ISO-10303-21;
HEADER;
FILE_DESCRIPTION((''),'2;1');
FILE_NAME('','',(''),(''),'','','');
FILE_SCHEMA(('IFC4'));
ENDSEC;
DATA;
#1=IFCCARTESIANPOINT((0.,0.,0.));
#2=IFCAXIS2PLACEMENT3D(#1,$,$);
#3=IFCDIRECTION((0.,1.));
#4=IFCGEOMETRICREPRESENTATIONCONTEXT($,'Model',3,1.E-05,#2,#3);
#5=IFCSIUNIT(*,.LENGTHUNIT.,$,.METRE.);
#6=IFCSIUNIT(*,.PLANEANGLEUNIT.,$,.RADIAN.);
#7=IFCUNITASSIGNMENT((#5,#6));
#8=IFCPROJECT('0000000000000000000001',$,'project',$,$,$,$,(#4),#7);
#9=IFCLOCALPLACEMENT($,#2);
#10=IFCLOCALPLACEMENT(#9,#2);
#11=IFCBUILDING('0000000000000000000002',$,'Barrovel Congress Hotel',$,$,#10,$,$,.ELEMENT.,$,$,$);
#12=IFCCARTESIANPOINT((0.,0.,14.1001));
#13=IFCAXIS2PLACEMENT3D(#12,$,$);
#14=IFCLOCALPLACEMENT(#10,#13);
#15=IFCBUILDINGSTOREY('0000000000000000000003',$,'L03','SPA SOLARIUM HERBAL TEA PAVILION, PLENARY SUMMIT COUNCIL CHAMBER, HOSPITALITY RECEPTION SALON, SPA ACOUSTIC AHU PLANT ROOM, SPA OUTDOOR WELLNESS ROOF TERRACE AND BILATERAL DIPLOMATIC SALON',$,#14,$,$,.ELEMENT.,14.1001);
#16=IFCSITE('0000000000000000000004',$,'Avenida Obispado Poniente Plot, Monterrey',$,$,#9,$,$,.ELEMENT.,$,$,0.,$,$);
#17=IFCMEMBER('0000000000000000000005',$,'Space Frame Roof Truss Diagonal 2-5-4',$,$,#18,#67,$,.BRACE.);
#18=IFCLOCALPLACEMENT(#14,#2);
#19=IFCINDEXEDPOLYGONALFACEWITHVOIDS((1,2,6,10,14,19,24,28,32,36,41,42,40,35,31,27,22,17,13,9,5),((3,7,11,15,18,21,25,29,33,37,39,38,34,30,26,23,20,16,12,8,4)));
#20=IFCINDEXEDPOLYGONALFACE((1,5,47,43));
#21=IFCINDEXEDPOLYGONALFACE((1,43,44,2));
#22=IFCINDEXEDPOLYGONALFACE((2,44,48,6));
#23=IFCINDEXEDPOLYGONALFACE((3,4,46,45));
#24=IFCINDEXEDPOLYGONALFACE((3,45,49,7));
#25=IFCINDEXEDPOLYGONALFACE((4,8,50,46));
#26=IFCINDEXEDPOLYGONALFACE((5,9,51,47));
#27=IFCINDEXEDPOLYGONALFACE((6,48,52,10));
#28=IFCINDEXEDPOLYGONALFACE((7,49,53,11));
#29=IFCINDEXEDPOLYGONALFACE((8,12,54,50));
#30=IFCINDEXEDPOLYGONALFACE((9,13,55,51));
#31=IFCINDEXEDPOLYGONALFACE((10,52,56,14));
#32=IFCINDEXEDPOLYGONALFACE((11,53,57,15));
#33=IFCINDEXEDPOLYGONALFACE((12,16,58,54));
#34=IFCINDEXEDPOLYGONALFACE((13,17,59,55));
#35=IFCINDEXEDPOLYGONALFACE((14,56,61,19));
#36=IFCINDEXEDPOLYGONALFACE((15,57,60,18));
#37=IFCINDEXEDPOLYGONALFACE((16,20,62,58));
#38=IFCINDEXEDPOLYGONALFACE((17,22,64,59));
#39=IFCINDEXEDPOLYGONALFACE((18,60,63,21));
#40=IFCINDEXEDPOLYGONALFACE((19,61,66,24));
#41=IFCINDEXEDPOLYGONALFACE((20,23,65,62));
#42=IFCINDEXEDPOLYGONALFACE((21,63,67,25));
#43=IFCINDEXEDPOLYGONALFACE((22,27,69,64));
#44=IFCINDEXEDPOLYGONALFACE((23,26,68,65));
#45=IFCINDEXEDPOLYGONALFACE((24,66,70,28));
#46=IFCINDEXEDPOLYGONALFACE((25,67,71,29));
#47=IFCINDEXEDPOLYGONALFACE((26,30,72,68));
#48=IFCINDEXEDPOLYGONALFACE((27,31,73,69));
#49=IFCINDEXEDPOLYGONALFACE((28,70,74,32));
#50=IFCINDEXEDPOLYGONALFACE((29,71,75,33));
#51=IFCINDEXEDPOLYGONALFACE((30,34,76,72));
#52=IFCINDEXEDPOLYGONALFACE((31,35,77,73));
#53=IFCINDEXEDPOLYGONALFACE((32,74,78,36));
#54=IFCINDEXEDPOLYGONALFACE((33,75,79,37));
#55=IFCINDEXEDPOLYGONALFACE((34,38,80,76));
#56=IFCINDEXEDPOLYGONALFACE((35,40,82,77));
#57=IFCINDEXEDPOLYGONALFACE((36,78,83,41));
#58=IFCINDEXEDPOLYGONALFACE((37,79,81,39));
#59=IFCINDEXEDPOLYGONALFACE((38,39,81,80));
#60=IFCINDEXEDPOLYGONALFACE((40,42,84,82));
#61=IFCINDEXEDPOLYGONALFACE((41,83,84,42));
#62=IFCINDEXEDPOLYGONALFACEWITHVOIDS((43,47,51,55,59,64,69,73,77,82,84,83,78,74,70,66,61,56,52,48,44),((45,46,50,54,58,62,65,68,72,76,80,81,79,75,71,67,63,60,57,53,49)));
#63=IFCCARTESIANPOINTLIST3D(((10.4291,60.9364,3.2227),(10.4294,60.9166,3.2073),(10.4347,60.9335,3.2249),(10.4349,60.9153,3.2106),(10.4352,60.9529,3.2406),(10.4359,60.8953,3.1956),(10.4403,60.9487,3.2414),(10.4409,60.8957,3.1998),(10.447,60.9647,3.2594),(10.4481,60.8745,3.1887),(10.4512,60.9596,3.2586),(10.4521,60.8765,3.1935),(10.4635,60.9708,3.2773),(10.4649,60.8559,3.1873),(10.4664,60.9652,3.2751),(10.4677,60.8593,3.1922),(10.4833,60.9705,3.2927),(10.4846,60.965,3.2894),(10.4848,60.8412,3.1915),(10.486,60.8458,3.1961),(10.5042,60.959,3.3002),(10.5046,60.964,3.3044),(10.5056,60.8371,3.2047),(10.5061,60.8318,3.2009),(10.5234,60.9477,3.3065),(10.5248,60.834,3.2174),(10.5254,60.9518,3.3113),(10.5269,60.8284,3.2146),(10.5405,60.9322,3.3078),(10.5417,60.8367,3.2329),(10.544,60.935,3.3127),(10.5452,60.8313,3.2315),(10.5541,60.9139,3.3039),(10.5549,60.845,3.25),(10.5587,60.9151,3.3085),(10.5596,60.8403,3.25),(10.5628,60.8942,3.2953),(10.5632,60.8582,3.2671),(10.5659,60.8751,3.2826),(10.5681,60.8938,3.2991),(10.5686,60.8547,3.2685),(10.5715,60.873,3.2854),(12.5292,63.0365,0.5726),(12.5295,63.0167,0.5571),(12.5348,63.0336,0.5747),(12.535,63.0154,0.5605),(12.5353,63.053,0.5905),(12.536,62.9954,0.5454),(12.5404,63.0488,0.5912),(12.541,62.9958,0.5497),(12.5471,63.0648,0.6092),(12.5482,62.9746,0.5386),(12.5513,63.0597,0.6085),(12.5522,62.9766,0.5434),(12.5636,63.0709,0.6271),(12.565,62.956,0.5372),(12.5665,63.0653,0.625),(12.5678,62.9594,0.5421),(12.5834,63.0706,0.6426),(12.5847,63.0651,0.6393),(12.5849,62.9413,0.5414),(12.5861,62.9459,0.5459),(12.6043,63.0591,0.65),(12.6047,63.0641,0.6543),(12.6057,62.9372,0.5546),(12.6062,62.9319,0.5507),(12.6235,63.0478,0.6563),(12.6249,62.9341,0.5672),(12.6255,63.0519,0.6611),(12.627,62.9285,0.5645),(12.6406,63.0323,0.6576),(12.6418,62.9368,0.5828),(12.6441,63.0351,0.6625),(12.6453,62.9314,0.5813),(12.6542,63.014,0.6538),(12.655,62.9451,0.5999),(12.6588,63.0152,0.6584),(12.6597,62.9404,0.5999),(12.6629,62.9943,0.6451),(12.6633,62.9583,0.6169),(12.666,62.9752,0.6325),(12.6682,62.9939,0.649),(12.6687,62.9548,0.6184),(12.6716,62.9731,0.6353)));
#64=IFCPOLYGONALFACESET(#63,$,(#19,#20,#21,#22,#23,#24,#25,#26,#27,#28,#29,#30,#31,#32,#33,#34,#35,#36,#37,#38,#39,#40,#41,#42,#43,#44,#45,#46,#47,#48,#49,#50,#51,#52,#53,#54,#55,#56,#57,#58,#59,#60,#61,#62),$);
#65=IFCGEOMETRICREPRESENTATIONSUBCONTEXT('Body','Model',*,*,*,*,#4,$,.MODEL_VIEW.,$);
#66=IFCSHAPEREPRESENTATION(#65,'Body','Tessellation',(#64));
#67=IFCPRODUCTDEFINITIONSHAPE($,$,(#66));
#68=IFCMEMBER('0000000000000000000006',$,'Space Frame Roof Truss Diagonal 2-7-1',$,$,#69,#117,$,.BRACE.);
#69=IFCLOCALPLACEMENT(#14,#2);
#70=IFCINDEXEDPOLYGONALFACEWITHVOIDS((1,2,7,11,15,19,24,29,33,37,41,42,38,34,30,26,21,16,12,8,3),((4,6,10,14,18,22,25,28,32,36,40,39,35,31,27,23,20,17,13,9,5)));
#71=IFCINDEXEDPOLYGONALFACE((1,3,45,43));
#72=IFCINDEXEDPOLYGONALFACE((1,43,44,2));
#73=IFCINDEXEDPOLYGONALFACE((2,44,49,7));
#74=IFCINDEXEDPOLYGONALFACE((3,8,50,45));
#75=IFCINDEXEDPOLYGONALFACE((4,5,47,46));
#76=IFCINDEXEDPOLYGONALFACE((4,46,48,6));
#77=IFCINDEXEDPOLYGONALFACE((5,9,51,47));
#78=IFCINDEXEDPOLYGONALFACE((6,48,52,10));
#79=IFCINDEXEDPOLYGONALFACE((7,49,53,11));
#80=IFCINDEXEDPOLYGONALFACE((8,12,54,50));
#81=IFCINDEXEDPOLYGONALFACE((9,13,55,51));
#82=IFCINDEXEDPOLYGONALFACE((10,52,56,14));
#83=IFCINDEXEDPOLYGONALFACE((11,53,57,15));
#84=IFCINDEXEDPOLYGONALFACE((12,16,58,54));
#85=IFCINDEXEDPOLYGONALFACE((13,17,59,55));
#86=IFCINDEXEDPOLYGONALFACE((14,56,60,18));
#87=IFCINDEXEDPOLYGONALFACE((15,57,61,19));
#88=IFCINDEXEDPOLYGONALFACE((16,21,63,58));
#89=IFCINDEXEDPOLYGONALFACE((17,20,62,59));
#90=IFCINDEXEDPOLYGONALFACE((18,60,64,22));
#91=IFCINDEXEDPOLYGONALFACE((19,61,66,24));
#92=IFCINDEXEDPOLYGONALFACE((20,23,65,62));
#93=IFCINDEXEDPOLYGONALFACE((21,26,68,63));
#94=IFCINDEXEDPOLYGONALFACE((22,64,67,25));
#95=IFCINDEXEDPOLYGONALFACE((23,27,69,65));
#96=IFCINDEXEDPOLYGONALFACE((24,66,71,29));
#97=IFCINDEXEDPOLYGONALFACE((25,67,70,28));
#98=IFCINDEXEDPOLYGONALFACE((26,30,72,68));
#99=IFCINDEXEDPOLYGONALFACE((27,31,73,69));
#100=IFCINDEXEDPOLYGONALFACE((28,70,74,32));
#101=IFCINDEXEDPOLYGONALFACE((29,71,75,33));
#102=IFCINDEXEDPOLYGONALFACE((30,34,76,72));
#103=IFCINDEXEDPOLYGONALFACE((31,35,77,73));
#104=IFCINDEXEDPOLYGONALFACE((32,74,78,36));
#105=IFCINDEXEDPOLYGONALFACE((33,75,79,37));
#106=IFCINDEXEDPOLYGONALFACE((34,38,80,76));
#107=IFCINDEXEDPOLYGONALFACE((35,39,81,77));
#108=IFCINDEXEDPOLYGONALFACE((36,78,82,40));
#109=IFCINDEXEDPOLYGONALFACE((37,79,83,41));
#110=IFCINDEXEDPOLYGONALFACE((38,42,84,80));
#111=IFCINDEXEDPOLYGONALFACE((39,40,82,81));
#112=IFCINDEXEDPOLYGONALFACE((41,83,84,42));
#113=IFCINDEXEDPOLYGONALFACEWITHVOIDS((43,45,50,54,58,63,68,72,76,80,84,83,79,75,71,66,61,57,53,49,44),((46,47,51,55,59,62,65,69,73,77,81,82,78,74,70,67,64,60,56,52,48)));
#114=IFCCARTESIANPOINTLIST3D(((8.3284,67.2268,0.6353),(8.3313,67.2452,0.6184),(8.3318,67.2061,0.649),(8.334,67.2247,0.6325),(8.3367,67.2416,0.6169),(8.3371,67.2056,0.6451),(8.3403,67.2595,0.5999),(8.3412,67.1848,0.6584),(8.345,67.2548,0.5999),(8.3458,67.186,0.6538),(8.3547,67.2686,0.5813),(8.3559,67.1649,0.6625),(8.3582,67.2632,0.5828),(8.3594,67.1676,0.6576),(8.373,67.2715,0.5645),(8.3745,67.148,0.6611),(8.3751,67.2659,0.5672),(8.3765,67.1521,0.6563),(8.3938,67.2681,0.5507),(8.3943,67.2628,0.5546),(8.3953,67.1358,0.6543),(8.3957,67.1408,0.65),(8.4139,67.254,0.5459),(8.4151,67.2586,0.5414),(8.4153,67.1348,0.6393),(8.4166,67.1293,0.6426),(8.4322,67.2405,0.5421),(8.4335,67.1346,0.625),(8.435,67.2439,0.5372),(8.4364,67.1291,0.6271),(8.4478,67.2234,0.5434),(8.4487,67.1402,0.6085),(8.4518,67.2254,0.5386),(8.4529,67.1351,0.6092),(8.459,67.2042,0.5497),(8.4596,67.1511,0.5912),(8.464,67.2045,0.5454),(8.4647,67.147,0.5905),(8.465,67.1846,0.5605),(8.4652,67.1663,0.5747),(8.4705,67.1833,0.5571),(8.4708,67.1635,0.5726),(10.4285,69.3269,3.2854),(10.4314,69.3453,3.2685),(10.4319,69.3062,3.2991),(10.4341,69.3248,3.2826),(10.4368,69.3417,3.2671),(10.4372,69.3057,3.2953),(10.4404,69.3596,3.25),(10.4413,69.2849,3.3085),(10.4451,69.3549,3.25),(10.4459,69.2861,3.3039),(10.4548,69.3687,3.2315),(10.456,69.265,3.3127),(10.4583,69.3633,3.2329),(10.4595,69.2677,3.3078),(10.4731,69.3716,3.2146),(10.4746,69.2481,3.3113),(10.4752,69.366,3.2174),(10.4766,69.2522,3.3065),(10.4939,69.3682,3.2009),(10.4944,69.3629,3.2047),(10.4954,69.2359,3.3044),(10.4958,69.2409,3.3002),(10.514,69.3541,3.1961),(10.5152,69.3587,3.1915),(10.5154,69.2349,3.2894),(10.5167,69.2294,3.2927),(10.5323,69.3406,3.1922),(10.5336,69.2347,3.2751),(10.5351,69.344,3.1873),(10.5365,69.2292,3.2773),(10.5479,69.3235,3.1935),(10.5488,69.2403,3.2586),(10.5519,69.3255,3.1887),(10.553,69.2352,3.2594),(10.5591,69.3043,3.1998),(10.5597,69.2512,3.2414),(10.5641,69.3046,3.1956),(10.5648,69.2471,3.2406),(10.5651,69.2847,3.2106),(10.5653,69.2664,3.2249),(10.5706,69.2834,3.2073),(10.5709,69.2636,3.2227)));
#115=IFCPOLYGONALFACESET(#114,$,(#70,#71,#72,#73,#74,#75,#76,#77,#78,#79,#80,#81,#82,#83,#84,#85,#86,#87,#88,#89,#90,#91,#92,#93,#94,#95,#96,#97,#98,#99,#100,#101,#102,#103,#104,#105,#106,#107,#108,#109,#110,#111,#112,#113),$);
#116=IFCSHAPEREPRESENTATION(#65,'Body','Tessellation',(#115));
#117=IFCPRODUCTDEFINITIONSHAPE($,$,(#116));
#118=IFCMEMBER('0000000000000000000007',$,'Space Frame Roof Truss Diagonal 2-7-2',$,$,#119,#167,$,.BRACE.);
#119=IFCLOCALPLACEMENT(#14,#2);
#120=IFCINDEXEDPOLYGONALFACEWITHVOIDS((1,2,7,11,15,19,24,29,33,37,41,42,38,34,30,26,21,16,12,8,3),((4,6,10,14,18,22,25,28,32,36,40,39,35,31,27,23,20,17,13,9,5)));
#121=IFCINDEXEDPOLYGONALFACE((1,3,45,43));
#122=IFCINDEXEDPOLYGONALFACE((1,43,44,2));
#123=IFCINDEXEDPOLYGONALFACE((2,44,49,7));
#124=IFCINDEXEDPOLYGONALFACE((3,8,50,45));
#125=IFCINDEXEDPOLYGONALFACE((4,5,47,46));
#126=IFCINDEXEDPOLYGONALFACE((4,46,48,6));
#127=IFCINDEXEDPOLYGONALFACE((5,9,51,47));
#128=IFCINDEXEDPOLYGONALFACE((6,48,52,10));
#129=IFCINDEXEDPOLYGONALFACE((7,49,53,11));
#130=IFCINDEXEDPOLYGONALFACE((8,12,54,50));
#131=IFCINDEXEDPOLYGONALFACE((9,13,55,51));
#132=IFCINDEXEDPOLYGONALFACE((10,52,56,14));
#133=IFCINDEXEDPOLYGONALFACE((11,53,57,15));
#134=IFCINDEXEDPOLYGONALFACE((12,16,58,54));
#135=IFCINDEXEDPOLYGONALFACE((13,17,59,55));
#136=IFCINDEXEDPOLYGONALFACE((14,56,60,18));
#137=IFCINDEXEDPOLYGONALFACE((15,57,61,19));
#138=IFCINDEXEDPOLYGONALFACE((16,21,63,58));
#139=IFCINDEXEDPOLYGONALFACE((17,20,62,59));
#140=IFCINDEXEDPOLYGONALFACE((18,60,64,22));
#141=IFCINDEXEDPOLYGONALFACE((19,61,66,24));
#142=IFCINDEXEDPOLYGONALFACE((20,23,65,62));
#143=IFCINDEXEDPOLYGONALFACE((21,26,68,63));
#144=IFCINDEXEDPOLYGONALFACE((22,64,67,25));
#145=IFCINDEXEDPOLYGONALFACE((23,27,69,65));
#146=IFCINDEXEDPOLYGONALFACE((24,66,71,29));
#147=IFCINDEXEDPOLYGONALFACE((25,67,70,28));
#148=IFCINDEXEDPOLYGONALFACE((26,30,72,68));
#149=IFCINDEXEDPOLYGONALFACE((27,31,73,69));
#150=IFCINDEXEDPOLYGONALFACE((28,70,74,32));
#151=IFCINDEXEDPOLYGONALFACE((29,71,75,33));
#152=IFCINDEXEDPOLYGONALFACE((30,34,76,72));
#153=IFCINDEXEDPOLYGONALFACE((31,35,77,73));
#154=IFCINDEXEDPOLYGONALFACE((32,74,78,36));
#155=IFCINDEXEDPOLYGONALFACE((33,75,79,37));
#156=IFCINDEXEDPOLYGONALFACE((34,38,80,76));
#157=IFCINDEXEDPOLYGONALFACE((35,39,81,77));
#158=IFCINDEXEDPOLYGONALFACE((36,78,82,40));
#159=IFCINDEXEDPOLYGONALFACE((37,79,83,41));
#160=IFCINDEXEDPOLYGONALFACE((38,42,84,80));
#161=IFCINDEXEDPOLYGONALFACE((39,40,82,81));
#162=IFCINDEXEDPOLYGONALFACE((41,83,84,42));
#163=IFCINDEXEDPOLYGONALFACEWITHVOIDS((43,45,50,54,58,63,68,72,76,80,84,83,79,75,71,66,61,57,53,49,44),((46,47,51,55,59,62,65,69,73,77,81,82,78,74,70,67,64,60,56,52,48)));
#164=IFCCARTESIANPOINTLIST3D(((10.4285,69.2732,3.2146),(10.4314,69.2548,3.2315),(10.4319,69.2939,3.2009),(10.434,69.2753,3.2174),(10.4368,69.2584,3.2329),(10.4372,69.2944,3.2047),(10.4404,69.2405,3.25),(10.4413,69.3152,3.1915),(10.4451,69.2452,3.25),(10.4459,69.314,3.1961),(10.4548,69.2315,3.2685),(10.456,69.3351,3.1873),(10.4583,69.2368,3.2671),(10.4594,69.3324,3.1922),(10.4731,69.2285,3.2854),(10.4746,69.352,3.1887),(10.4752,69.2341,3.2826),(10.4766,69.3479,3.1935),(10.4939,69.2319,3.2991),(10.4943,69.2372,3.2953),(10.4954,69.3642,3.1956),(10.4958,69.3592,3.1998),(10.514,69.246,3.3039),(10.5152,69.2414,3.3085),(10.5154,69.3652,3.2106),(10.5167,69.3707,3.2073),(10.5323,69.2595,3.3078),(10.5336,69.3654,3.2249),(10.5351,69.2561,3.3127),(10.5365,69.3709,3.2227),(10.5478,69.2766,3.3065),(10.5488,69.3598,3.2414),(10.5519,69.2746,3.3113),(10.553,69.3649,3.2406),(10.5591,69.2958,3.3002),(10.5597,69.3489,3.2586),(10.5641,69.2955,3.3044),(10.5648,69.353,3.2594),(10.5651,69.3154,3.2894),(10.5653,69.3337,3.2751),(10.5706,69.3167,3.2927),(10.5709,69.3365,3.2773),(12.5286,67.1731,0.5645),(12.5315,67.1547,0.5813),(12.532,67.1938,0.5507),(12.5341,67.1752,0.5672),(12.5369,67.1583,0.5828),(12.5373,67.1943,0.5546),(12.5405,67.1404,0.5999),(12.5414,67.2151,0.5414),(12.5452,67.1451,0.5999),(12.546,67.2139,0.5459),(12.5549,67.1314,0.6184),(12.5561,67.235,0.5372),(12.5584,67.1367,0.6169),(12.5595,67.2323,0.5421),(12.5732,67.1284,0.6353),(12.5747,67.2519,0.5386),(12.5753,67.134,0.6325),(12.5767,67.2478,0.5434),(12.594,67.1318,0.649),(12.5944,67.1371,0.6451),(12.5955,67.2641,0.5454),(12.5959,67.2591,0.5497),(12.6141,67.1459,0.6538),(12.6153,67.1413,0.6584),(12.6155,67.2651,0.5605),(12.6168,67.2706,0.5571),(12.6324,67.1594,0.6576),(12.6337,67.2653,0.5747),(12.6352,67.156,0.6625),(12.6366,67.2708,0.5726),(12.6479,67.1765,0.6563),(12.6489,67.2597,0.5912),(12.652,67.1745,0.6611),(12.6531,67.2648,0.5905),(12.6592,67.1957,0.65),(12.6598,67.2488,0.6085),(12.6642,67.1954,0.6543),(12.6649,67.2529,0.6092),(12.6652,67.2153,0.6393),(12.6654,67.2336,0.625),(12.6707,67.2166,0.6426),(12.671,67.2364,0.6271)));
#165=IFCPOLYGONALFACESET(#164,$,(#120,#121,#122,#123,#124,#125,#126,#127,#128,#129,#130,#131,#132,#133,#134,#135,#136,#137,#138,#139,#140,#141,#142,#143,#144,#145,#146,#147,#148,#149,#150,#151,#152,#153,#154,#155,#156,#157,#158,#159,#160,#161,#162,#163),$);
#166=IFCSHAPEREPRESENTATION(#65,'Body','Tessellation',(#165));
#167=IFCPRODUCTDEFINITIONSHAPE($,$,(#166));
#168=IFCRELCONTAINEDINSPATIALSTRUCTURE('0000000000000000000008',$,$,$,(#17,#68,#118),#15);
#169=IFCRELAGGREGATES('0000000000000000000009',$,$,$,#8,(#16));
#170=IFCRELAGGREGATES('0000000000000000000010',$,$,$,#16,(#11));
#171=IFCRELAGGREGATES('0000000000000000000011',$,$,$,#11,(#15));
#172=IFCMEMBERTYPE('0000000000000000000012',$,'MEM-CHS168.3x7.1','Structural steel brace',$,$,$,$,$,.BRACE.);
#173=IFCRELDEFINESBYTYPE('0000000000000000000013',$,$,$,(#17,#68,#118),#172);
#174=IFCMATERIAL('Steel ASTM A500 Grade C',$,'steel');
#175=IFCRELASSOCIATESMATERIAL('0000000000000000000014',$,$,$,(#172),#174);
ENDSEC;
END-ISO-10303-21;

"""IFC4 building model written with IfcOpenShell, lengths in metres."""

from ifc_helpers import new_model, si_unit, direction, frame, origin, origin_2d, place, context, subcontext, project, spatial, hollow_circle, extrude, material, material_profile, profile_set, type_object, element, save


model = new_model("IFC4")

# Units and contexts
model_context = context("Model", 3, precision=1e-05, world=origin(), true_north=direction((0.0, 1.0)))
body_context = subcontext(model_context, "Body", "Model", "MODEL_VIEW")
ifc_project = project(units=[si_unit("LENGTHUNIT", "METRE"), si_unit("PLANEANGLEUNIT", "RADIAN")], contexts=[model_context])

# Site, building, storey
site_placement = place(None, origin())
site = spatial("IfcSite", under=ifc_project, at=site_placement, Name="Avenida Obispado Poniente Plot, Monterrey", CompositionType="ELEMENT", RefElevation=0.0)
building_placement = place(site_placement, origin())
building = spatial("IfcBuilding", under=site, at=building_placement, Name="Barrovel Congress Hotel", CompositionType="ELEMENT")
storey_placement = place(building_placement, frame((0.0, 0.0, 14.1001)))
storey = spatial("IfcBuildingStorey", under=building, at=storey_placement, Name="L03", Description="SPA SOLARIUM HERBAL TEA PAVILION, PLENARY SUMMIT COUNCIL CHAMBER, HOSPITALITY RECEPTION SALON, SPA ACOUSTIC AHU PLANT ROOM, SPA OUTDOOR WELLNESS ROOF TERRACE AND BILATERAL DIPLOMATIC SALON", CompositionType="ELEMENT", Elevation=14.1001)

# Members
ifc_material_1 = material(Name="Steel ASTM A500 Grade C", Category="steel")
ifc_material_profile_1 = material_profile(ifc_material_1, hollow_circle(Radius=0.0842, WallThickness=0.0066, at=origin_2d()), Name="CHS168.3x7.1")
ifc_profile_set_1 = profile_set([ifc_material_profile_1], Name="Steel ASTM A500 Grade C")
member_type_1 = type_object("IfcMemberType", Name="MEM-CHS168.3x7.1", Description="Structural steel brace", PredefinedType="BRACE", material=ifc_profile_set_1)
for number, where, z_axis, x_axis, name in (
    (1, (12.6001, 63.0, 0.5999), (-0.527601, -0.527601, 0.665788), (0.707107, -0.707107, 0.0), "Space Frame Roof Truss Diagonal 2-5-4"),
    (2, (8.3999, 67.2, 0.5999), (0.527601, 0.527601, 0.665788), (-0.707107, 0.707107, 0.0), "Space Frame Roof Truss Diagonal 2-7-1"),
    (3, (12.6001, 67.2, 0.5999), (-0.527601, 0.527601, 0.665788), (-0.707107, -0.707107, 0.0), "Space Frame Roof Truss Diagonal 2-7-2"),
):
    element("IfcMember", number, at=place(storey_placement, frame(where, z_axis=z_axis, x_axis=x_axis)), inside=storey, type_object=member_type_1, Name=name, PredefinedType="BRACE", context=body_context, shape_type="SweptSolid", body=[
        extrude(hollow_circle(Radius=0.0842, WallThickness=0.0066, at=origin_2d()), origin(), (0.0, 0.0, 1.0), 3.9805),
    ])

save(model, "model.ifc")
